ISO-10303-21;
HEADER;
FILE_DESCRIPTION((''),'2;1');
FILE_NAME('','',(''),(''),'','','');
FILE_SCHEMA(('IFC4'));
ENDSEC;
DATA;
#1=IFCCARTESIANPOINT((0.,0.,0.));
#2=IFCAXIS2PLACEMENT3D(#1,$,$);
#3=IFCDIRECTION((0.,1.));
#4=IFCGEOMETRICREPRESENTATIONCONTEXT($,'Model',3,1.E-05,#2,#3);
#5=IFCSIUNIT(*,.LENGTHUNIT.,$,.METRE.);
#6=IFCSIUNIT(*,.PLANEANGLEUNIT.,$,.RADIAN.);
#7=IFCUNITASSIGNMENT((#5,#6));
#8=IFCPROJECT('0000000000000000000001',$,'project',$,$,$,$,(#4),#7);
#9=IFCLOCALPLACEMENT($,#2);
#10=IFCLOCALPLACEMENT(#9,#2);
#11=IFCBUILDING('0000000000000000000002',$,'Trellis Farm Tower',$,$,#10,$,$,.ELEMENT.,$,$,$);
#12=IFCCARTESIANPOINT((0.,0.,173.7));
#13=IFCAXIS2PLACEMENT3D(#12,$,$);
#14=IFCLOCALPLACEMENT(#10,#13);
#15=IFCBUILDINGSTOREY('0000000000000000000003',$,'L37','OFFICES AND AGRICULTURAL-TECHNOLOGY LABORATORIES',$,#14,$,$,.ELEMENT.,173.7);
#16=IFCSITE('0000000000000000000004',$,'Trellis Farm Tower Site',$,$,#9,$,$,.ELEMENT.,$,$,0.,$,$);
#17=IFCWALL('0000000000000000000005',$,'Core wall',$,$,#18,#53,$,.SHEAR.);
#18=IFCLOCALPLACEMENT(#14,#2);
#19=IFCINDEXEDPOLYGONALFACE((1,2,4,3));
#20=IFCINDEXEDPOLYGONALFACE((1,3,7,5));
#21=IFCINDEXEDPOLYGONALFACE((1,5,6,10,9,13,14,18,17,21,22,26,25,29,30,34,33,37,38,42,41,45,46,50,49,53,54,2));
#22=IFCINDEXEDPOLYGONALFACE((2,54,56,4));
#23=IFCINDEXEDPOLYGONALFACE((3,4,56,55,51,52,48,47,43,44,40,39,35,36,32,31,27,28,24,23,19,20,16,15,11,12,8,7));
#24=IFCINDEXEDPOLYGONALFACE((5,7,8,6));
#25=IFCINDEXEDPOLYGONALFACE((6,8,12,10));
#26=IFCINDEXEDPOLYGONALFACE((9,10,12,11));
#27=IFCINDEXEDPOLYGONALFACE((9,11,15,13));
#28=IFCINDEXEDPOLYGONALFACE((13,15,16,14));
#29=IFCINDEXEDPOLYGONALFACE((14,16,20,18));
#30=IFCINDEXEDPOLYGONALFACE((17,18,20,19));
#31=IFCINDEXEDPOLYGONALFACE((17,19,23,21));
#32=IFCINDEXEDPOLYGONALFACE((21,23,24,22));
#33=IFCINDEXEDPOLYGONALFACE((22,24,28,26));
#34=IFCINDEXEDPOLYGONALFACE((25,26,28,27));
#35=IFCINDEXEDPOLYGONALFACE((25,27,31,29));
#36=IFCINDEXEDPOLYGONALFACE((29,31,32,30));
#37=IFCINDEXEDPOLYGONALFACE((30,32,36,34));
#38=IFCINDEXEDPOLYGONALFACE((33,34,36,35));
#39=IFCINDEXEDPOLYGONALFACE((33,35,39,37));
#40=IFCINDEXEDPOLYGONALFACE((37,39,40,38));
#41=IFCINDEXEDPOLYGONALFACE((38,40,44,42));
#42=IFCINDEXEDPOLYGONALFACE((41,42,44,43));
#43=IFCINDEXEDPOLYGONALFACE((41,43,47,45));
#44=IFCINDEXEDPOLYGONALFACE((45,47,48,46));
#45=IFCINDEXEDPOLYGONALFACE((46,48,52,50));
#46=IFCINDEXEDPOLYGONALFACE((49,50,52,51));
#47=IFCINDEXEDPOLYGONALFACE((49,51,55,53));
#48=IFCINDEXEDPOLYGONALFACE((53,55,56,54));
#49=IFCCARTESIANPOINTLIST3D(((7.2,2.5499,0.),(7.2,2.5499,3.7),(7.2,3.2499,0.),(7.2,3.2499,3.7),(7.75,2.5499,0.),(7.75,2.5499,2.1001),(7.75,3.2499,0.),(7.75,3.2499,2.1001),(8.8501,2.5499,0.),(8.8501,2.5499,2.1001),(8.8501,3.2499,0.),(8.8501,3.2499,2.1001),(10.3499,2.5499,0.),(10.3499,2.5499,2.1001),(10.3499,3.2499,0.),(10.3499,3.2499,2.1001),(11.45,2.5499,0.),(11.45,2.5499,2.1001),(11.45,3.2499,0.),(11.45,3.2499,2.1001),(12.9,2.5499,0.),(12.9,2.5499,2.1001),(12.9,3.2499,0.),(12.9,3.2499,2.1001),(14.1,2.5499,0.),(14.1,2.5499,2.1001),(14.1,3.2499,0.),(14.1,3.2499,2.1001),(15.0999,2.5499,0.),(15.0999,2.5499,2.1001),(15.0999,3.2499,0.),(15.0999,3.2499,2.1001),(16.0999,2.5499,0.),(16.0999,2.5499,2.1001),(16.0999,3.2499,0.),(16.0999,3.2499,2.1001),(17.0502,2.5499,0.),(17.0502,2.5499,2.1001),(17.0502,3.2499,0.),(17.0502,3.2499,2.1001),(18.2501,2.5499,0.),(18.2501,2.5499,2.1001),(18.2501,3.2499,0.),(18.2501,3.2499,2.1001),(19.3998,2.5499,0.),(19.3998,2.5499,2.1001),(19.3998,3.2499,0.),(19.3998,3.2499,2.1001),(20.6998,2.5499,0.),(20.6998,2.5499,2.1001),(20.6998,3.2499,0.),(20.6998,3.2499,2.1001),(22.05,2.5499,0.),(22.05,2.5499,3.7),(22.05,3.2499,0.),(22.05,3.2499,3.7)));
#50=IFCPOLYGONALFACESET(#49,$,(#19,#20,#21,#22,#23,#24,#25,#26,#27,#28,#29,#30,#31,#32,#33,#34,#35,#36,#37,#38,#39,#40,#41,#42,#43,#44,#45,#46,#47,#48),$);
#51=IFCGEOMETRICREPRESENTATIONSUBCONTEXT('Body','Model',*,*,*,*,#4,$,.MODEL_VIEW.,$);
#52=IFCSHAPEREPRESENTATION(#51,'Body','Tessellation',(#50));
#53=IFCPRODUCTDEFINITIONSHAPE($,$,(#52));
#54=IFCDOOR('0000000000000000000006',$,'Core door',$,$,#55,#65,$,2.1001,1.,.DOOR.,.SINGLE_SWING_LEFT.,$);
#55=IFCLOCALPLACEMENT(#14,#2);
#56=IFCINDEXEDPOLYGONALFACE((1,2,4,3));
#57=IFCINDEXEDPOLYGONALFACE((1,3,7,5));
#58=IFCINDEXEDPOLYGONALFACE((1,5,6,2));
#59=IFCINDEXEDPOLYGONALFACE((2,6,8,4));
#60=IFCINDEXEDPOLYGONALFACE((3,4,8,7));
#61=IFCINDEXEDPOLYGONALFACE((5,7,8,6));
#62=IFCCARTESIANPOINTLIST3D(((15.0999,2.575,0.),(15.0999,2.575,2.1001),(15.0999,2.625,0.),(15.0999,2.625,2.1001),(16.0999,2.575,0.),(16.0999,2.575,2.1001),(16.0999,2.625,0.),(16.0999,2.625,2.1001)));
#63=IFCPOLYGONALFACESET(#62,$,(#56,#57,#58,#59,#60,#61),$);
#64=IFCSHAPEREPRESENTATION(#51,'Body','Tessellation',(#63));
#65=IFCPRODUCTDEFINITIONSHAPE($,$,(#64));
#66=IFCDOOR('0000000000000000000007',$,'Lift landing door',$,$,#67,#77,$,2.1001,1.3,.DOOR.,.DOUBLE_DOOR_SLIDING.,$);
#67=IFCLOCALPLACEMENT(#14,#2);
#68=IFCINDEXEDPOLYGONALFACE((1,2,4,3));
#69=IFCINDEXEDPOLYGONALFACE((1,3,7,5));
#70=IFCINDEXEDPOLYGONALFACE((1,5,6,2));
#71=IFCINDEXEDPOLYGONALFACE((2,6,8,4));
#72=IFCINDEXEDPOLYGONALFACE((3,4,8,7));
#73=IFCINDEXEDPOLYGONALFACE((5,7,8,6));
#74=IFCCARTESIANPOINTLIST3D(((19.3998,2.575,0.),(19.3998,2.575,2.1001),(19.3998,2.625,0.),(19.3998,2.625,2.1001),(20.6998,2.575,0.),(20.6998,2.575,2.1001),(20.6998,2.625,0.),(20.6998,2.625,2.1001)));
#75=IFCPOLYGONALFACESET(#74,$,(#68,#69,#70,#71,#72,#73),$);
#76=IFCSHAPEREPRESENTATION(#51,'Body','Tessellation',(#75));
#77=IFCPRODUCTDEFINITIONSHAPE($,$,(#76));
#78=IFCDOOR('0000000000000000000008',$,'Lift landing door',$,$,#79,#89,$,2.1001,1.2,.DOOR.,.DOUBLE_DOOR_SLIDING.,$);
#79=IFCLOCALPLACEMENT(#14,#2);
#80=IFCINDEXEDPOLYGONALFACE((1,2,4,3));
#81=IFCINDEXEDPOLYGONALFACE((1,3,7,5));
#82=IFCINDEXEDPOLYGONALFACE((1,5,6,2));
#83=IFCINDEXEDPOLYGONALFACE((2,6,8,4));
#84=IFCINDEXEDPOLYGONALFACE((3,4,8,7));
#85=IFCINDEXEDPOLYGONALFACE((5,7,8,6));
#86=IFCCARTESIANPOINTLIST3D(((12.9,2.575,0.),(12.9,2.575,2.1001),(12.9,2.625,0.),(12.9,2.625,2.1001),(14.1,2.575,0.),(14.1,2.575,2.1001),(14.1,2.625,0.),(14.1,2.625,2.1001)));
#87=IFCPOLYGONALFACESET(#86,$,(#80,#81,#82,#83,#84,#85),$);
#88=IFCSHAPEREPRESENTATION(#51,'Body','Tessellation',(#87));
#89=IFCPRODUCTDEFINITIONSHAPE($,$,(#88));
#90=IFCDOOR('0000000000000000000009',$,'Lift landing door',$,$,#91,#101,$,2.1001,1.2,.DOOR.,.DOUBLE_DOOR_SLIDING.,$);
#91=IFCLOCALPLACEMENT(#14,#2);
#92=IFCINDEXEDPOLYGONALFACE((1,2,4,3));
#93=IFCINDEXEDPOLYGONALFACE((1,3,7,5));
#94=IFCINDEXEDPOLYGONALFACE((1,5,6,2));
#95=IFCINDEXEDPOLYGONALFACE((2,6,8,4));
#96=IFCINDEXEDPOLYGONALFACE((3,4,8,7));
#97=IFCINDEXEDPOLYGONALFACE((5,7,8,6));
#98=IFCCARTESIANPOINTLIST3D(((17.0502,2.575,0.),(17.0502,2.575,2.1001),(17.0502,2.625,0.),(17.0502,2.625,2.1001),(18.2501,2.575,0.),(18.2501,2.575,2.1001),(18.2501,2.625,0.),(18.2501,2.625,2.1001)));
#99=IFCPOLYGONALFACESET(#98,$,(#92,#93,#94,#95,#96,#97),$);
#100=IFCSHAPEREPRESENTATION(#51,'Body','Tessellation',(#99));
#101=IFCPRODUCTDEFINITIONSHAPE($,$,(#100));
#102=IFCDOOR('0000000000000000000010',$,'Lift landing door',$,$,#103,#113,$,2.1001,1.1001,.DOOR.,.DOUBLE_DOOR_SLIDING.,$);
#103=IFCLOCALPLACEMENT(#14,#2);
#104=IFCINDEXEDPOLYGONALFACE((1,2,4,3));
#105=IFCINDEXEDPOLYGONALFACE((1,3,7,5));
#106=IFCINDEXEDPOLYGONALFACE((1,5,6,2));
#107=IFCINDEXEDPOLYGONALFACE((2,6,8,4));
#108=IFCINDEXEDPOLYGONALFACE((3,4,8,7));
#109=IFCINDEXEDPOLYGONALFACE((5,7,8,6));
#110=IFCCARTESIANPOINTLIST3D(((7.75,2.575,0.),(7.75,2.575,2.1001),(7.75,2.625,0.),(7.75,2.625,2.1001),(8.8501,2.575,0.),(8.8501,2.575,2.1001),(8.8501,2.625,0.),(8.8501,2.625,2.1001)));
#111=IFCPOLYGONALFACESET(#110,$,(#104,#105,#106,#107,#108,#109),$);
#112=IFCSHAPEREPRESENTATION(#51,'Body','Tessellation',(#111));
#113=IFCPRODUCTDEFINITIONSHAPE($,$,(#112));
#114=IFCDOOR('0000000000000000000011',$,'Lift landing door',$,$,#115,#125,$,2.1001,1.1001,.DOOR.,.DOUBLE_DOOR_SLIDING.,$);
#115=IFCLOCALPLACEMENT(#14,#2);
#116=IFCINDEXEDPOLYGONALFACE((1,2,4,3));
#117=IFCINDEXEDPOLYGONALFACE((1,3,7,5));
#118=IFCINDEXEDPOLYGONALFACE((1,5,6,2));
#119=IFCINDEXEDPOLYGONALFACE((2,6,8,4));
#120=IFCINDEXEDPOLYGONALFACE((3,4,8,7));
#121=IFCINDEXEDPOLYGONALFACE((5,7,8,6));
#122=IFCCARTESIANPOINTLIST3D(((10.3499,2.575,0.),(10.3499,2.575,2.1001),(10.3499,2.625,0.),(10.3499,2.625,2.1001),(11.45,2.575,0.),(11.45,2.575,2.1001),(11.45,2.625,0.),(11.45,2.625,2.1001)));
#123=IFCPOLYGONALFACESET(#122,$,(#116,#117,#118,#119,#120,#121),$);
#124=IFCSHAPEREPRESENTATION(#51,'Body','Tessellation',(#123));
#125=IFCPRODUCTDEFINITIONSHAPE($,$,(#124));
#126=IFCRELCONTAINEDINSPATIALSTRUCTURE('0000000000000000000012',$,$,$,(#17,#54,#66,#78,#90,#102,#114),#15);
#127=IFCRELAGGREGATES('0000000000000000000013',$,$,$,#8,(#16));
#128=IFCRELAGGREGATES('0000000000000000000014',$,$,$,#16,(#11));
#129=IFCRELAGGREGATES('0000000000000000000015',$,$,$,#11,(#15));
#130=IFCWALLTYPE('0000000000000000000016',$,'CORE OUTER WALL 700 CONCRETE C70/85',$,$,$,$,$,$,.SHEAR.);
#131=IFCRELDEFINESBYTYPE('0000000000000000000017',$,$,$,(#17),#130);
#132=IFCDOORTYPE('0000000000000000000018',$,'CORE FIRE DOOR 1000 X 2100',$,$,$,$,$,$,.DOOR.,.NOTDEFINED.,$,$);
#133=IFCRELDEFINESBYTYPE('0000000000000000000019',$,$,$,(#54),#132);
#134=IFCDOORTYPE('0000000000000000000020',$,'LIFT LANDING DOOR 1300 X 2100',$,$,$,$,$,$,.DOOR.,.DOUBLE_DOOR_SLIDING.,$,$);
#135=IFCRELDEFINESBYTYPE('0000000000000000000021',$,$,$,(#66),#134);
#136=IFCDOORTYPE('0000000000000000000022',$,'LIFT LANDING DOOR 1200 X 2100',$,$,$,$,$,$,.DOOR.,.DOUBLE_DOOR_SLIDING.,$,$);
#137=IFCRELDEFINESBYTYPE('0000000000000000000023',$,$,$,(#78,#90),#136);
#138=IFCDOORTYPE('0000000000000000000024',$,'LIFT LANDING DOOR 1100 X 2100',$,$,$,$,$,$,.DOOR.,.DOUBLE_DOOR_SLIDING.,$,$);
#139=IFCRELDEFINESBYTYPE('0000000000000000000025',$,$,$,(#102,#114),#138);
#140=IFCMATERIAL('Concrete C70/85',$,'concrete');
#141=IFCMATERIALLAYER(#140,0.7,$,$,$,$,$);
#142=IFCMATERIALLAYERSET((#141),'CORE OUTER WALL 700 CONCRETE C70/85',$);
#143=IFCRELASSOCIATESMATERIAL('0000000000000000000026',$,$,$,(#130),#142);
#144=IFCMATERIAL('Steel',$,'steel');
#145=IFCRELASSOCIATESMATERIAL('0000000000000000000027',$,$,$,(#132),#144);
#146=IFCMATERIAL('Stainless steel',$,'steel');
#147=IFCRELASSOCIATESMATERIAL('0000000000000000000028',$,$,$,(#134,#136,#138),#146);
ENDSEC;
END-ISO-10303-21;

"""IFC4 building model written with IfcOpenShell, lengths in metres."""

from ifc_helpers import new_model, si_unit, direction, frame, frame_2d, origin, place, context, subcontext, project, spatial, rectangle, extrude, source, transform, mapped, material, layer, layer_set, type_object, element, fill, save


model = new_model("IFC4")

# Units and contexts
model_context = context("Model", 3, precision=1e-05, world=origin(), true_north=direction((0.0, 1.0)))
body_context = subcontext(model_context, "Body", "Model", "MODEL_VIEW")
ifc_project = project(units=[si_unit("LENGTHUNIT", "METRE"), si_unit("PLANEANGLEUNIT", "RADIAN")], contexts=[model_context])

# Site, building, storey
site_placement = place(None, origin())
site = spatial("IfcSite", under=ifc_project, at=site_placement, Name="Trellis Farm Tower Site", CompositionType="ELEMENT", RefElevation=0.0)
building_placement = place(site_placement, origin())
building = spatial("IfcBuilding", under=site, at=building_placement, Name="Trellis Farm Tower", CompositionType="ELEMENT")
storey_placement = place(building_placement, frame((0.0, 0.0, 173.7)))
storey = spatial("IfcBuildingStorey", under=building, at=storey_placement, Name="L37", Description="OFFICES AND AGRICULTURAL-TECHNOLOGY LABORATORIES", CompositionType="ELEMENT", Elevation=173.7)

# Shared definitions
ifc_material_1 = material(Name="Concrete C70/85", Category="concrete")

# Shared definitions
ifc_material_2 = material(Name="Steel", Category="steel")

# Wall, openings, doors
ifc_layer_1 = layer(ifc_material_1, 0.7)
ifc_layer_set_1 = layer_set([ifc_layer_1], Name="CORE OUTER WALL 700 CONCRETE C70/85")
wall_type_1 = type_object("IfcWallType", Name="CORE OUTER WALL 700 CONCRETE C70/85", PredefinedType="SHEAR", material=ifc_layer_set_1)
shared_shape_1 = source(origin(), body_context, "Body", "SweptSolid", [
    extrude(rectangle(XDim=14.8501, YDim=0.7, at=frame_2d((7.425, 0.0))), origin(), (0.0, 0.0, 1.0), 3.7),
])
wall_1_placement = place(storey_placement, frame((7.2, 2.8999, 0.0), z_axis=(0.0, 0.0, 1.0), x_axis=(1.0, 0.0, 0.0)))
wall_1 = element("IfcWall", 1, at=wall_1_placement, inside=storey, type_object=wall_type_1, Name="Core wall", PredefinedType="SHEAR", context=body_context, shape_type="MappedRepresentation", body=[
    mapped(shared_shape_1, transform((0.0, 0.0, 0.0))),
])
shared_shape_2 = source(origin(), body_context, "Body", "SweptSolid", [
    extrude(rectangle(XDim=1.1001, YDim=2.1001, at=frame_2d((0.55, 1.05))), frame((0.0, 0.3601, 0.0), z_axis=(0.0, -1.0, 0.0), x_axis=(1.0, 0.0, 0.0)), (0.0, 0.0, 1.0), 0.7202),
])
opening_1_placement = place(wall_1_placement, frame((0.55, 0.0, 0.0)))
opening_1 = element("IfcOpeningElement", 2, at=opening_1_placement, cuts=wall_1, PredefinedType="OPENING", context=body_context, shape_type="MappedRepresentation", body=[
    mapped(shared_shape_2, transform((0.0, 0.0, 0.0))),
])
opening_2_placement = place(wall_1_placement, frame((3.1499, 0.0, 0.0)))
opening_2 = element("IfcOpeningElement", 3, at=opening_2_placement, cuts=wall_1, PredefinedType="OPENING", context=body_context, shape_type="MappedRepresentation", body=[
    mapped(shared_shape_2, transform((0.0, 0.0, 0.0))),
])
shared_shape_3 = source(origin(), body_context, "Body", "SweptSolid", [
    extrude(rectangle(XDim=1.2, YDim=2.1001, at=frame_2d((0.6001, 1.05))), frame((0.0, 0.3601, 0.0), z_axis=(0.0, -1.0, 0.0), x_axis=(1.0, 0.0, 0.0)), (0.0, 0.0, 1.0), 0.7202),
])
opening_3_placement = place(wall_1_placement, frame((5.7, 0.0, 0.0)))
opening_3 = element("IfcOpeningElement", 4, at=opening_3_placement, cuts=wall_1, PredefinedType="OPENING", context=body_context, shape_type="MappedRepresentation", body=[
    mapped(shared_shape_3, transform((0.0, 0.0, 0.0))),
])
shared_shape_4 = source(origin(), body_context, "Body", "SweptSolid", [
    extrude(rectangle(XDim=1.3, YDim=2.1001, at=frame_2d((0.6499, 1.05))), frame((0.0, 0.3601, 0.0), z_axis=(0.0, -1.0, 0.0), x_axis=(1.0, 0.0, 0.0)), (0.0, 0.0, 1.0), 0.7202),
])
opening_4_placement = place(wall_1_placement, frame((12.2, 0.0, 0.0)))
opening_4 = element("IfcOpeningElement", 5, at=opening_4_placement, cuts=wall_1, PredefinedType="OPENING", context=body_context, shape_type="MappedRepresentation", body=[
    mapped(shared_shape_4, transform((0.0, 0.0, 0.0))),
])
opening_5_placement = place(wall_1_placement, frame((9.8501, 0.0, 0.0)))
opening_5 = element("IfcOpeningElement", 6, at=opening_5_placement, cuts=wall_1, PredefinedType="OPENING", context=body_context, shape_type="MappedRepresentation", body=[
    mapped(shared_shape_3, transform((0.0, 0.0, 0.0))),
])
shared_shape_5 = source(origin(), body_context, "Body", "SweptSolid", [
    extrude(rectangle(XDim=1.0, YDim=2.1001, at=frame_2d((0.5, 1.05))), frame((0.0, 0.3601, 0.0), z_axis=(0.0, -1.0, 0.0), x_axis=(1.0, 0.0, 0.0)), (0.0, 0.0, 1.0), 0.7202),
])
opening_6_placement = place(wall_1_placement, frame((7.8999, 0.0, 0.0)))
opening_6 = element("IfcOpeningElement", 7, at=opening_6_placement, cuts=wall_1, PredefinedType="OPENING", context=body_context, shape_type="MappedRepresentation", body=[
    mapped(shared_shape_5, transform((0.0, 0.0, 0.0))),
])
door_type_1 = type_object("IfcDoorType", Name="CORE FIRE DOOR 1000 X 2100", OperationType="NOTDEFINED", PredefinedType="DOOR", material=ifc_material_2)
shared_shape_6 = source(origin(), body_context, "Body", "SweptSolid", [
    extrude(rectangle(XDim=1.0, YDim=2.1001, at=frame_2d((0.5, 1.05))), frame((0.0, -0.2749, 0.0), z_axis=(0.0, -1.0, 0.0), x_axis=(1.0, 0.0, 0.0)), (0.0, 0.0, 1.0), 0.05),
])
door_1_placement = place(opening_6_placement, origin())
door_1 = element("IfcDoor", 8, at=door_1_placement, inside=storey, type_object=door_type_1, Name="Core door", OperationType="SINGLE_SWING_LEFT", OverallHeight=2.1001, OverallWidth=1.0, PredefinedType="DOOR", context=body_context, shape_type="MappedRepresentation", body=[
    mapped(shared_shape_6, transform((0.0, 0.0, 0.0))),
])
fill(opening_6, door_1)
ifc_material_3 = material(Name="Stainless steel", Category="steel")
door_type_2 = type_object("IfcDoorType", Name="LIFT LANDING DOOR 1300 X 2100", OperationType="DOUBLE_DOOR_SLIDING", PredefinedType="DOOR", material=ifc_material_3)
shared_shape_7 = source(origin(), body_context, "Body", "SweptSolid", [
    extrude(rectangle(XDim=1.3, YDim=2.1001, at=frame_2d((0.6499, 1.05))), frame((0.0, -0.2749, 0.0), z_axis=(0.0, -1.0, 0.0), x_axis=(1.0, 0.0, 0.0)), (0.0, 0.0, 1.0), 0.05),
])
door_2_placement = place(opening_4_placement, origin())
door_2 = element("IfcDoor", 9, at=door_2_placement, inside=storey, type_object=door_type_2, Name="Lift landing door", OperationType="DOUBLE_DOOR_SLIDING", OverallHeight=2.1001, OverallWidth=1.3, PredefinedType="DOOR", context=body_context, shape_type="MappedRepresentation", body=[
    mapped(shared_shape_7, transform((0.0, 0.0, 0.0))),
])
fill(opening_4, door_2)
door_type_3 = type_object("IfcDoorType", Name="LIFT LANDING DOOR 1200 X 2100", OperationType="DOUBLE_DOOR_SLIDING", PredefinedType="DOOR", material=ifc_material_3)
shared_shape_8 = source(origin(), body_context, "Body", "SweptSolid", [
    extrude(rectangle(XDim=1.2, YDim=2.1001, at=frame_2d((0.6001, 1.05))), frame((0.0, -0.2749, 0.0), z_axis=(0.0, -1.0, 0.0), x_axis=(1.0, 0.0, 0.0)), (0.0, 0.0, 1.0), 0.05),
])
door_3_placement = place(opening_3_placement, origin())
door_3 = element("IfcDoor", 10, at=door_3_placement, inside=storey, type_object=door_type_3, Name="Lift landing door", OperationType="DOUBLE_DOOR_SLIDING", OverallHeight=2.1001, OverallWidth=1.2, PredefinedType="DOOR", context=body_context, shape_type="MappedRepresentation", body=[
    mapped(shared_shape_8, transform((0.0, 0.0, 0.0))),
])
fill(opening_3, door_3)
door_4_placement = place(opening_5_placement, origin())
door_4 = element("IfcDoor", 11, at=door_4_placement, inside=storey, type_object=door_type_3, Name="Lift landing door", OperationType="DOUBLE_DOOR_SLIDING", OverallHeight=2.1001, OverallWidth=1.2, PredefinedType="DOOR", context=body_context, shape_type="MappedRepresentation", body=[
    mapped(shared_shape_8, transform((0.0, 0.0, 0.0))),
])
fill(opening_5, door_4)
door_type_4 = type_object("IfcDoorType", Name="LIFT LANDING DOOR 1100 X 2100", OperationType="DOUBLE_DOOR_SLIDING", PredefinedType="DOOR", material=ifc_material_3)
shared_shape_9 = source(origin(), body_context, "Body", "SweptSolid", [
    extrude(rectangle(XDim=1.1001, YDim=2.1001, at=frame_2d((0.55, 1.05))), frame((0.0, -0.2749, 0.0), z_axis=(0.0, -1.0, 0.0), x_axis=(1.0, 0.0, 0.0)), (0.0, 0.0, 1.0), 0.05),
])
door_5_placement = place(opening_1_placement, origin())
door_5 = element("IfcDoor", 12, at=door_5_placement, inside=storey, type_object=door_type_4, Name="Lift landing door", OperationType="DOUBLE_DOOR_SLIDING", OverallHeight=2.1001, OverallWidth=1.1001, PredefinedType="DOOR", context=body_context, shape_type="MappedRepresentation", body=[
    mapped(shared_shape_9, transform((0.0, 0.0, 0.0))),
])
fill(opening_1, door_5)
door_6_placement = place(opening_2_placement, origin())
door_6 = element("IfcDoor", 13, at=door_6_placement, inside=storey, type_object=door_type_4, Name="Lift landing door", OperationType="DOUBLE_DOOR_SLIDING", OverallHeight=2.1001, OverallWidth=1.1001, PredefinedType="DOOR", context=body_context, shape_type="MappedRepresentation", body=[
    mapped(shared_shape_9, transform((0.0, 0.0, 0.0))),
])
fill(opening_2, door_6)

save(model, "model.ifc")
